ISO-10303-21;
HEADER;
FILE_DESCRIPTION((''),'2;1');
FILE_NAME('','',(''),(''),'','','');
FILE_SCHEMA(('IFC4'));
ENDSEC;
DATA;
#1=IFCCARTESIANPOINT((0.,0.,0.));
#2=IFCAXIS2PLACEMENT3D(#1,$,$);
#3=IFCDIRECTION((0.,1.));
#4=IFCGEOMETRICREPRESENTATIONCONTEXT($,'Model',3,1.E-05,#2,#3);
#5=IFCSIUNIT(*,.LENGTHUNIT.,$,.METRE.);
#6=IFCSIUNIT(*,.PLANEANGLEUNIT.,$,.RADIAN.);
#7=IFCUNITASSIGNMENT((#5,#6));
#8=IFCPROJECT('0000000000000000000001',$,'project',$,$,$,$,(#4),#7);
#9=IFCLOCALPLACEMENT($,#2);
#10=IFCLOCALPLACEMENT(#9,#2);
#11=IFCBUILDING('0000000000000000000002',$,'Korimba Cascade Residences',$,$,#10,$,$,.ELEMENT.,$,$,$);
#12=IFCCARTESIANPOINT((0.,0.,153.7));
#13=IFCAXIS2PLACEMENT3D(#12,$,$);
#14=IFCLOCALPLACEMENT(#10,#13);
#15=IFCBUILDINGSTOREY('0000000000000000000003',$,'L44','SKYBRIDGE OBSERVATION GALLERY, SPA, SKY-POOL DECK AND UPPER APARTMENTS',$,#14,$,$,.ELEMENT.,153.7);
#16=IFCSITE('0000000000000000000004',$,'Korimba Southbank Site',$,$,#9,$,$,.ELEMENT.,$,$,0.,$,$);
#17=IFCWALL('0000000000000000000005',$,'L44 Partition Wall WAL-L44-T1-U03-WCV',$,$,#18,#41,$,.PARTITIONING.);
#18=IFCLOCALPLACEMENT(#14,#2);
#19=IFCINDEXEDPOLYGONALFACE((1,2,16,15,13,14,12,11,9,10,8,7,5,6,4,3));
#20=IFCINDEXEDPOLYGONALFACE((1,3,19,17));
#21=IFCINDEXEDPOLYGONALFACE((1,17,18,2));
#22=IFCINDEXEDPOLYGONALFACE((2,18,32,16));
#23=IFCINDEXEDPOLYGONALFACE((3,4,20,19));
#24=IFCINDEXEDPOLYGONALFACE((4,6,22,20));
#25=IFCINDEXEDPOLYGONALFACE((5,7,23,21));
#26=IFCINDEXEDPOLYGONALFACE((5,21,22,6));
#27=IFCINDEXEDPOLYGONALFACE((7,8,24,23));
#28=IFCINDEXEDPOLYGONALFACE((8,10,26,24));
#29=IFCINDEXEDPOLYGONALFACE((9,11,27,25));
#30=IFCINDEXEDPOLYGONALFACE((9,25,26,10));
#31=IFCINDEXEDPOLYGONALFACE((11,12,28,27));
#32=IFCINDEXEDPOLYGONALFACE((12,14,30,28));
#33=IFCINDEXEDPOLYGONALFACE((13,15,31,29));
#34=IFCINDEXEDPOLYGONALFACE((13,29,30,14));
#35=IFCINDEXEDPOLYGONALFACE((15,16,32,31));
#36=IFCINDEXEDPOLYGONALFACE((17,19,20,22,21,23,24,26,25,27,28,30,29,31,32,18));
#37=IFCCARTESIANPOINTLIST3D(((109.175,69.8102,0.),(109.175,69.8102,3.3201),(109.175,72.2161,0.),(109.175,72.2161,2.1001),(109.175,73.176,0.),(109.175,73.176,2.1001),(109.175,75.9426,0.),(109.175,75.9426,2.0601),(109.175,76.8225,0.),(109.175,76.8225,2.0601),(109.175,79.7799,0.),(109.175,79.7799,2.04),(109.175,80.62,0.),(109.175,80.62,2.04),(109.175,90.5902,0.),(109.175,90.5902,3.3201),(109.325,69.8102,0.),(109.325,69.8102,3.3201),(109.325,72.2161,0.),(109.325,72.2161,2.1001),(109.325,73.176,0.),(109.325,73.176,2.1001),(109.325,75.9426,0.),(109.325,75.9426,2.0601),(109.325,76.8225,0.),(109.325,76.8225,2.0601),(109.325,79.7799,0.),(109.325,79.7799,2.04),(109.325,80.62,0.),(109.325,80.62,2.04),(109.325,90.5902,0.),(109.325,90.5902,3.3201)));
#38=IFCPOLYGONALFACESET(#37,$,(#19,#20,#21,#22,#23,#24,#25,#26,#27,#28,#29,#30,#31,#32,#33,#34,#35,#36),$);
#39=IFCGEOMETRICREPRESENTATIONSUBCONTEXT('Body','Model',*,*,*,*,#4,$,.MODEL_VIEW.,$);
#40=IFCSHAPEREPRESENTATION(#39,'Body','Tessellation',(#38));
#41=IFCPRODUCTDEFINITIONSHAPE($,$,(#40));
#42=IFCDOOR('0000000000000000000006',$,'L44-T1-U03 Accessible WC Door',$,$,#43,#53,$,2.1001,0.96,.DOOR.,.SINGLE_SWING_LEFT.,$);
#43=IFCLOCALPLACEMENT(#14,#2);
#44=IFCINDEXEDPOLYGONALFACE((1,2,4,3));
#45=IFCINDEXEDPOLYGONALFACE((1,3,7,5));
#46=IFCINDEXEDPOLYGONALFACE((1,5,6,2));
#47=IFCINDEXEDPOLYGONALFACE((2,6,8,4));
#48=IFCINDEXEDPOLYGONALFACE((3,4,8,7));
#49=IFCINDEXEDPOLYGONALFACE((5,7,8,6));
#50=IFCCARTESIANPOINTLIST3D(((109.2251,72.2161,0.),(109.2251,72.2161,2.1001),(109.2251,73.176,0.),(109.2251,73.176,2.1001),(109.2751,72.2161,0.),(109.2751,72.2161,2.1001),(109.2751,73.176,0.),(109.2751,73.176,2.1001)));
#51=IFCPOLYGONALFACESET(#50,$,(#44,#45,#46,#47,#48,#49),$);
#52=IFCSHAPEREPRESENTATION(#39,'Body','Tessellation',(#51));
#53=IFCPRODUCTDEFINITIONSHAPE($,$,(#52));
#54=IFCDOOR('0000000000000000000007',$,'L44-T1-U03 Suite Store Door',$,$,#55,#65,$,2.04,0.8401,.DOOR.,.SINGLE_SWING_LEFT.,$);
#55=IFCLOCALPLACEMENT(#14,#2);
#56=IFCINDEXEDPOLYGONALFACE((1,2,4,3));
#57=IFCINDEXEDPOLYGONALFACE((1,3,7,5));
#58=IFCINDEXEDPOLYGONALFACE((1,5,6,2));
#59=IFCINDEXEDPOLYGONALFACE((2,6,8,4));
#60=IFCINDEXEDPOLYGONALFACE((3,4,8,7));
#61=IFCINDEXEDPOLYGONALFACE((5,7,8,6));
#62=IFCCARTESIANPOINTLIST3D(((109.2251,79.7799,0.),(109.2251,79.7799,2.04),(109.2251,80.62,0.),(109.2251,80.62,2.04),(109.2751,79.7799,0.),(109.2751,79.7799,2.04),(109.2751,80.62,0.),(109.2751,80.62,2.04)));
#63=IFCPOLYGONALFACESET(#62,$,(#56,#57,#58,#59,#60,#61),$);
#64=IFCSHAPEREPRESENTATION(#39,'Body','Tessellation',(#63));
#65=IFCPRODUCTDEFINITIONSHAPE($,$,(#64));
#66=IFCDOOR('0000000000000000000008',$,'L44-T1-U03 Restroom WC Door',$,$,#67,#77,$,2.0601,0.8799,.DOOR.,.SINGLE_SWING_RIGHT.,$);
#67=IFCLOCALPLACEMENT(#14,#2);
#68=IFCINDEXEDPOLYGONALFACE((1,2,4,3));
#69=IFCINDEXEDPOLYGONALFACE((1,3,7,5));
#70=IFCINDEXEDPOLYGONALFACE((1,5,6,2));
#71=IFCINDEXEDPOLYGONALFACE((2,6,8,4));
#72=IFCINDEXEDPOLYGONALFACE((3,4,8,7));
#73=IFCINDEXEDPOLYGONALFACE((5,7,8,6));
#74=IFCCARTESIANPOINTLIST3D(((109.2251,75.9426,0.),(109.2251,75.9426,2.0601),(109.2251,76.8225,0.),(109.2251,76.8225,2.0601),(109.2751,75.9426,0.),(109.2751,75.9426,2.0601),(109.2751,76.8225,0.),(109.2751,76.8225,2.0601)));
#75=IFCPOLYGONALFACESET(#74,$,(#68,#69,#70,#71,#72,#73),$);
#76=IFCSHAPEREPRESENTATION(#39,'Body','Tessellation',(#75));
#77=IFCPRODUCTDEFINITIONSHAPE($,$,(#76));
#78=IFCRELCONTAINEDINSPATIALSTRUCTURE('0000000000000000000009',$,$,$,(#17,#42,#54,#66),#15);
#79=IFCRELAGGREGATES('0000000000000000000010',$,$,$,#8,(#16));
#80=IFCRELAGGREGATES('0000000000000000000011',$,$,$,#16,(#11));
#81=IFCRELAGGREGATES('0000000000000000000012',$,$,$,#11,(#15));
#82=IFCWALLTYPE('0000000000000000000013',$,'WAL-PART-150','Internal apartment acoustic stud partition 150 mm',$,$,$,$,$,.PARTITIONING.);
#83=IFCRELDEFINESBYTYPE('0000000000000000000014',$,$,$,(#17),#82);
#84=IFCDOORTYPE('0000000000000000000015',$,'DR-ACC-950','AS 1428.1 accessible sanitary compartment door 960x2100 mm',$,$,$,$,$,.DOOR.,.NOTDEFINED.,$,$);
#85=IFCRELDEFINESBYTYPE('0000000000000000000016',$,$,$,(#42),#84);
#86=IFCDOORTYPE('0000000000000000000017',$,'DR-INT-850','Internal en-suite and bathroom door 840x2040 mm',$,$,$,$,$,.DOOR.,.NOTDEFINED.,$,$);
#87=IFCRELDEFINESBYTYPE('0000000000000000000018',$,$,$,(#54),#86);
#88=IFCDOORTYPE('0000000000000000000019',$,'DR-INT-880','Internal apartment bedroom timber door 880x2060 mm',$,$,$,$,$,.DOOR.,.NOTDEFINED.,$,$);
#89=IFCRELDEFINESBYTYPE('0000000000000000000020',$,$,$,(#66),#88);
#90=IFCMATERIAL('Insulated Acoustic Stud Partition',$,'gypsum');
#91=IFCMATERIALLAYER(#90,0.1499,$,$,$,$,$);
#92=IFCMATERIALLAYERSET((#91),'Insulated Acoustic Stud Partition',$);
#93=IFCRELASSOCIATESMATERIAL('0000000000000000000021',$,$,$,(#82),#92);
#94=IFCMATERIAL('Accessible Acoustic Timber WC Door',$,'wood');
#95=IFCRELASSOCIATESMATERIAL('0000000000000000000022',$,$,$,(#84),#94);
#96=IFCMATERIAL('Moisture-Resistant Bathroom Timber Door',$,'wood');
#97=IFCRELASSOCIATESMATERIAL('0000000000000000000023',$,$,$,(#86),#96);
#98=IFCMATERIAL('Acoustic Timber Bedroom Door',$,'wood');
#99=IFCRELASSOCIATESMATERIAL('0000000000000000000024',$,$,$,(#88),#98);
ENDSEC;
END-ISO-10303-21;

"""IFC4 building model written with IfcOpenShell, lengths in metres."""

from ifc_helpers import new_model, si_unit, direction, frame, frame_2d, origin, place, context, subcontext, project, spatial, rectangle, extrude, material, layer, layer_set, type_object, element, fill, save


model = new_model("IFC4")

# Units and contexts
model_context = context("Model", 3, precision=1e-05, world=origin(), true_north=direction((0.0, 1.0)))
body_context = subcontext(model_context, "Body", "Model", "MODEL_VIEW")
ifc_project = project(units=[si_unit("LENGTHUNIT", "METRE"), si_unit("PLANEANGLEUNIT", "RADIAN")], contexts=[model_context])

# Site, building, storey
site_placement = place(None, origin())
site = spatial("IfcSite", under=ifc_project, at=site_placement, Name="Korimba Southbank Site", CompositionType="ELEMENT", RefElevation=0.0)
building_placement = place(site_placement, origin())
building = spatial("IfcBuilding", under=site, at=building_placement, Name="Korimba Cascade Residences", CompositionType="ELEMENT")
storey_placement = place(building_placement, frame((0.0, 0.0, 153.7)))
storey = spatial("IfcBuildingStorey", under=building, at=storey_placement, Name="L44", Description="SKYBRIDGE OBSERVATION GALLERY, SPA, SKY-POOL DECK AND UPPER APARTMENTS", CompositionType="ELEMENT", Elevation=153.7)

# Shared definitions
ifc_material_1 = material(Name="Insulated Acoustic Stud Partition", Category="gypsum")
ifc_layer_1 = layer(ifc_material_1, 0.1499)
ifc_layer_set_1 = layer_set([ifc_layer_1], Name="Insulated Acoustic Stud Partition")
wall_type_1 = type_object("IfcWallType", Name="WAL-PART-150", Description="Internal apartment acoustic stud partition 150 mm", PredefinedType="PARTITIONING", material=ifc_layer_set_1)

# Wall, openings, doors
wall_1_placement = place(storey_placement, frame((109.25, 69.8101, 0.0), z_axis=(0.0, 0.0, 1.0), x_axis=(0.0, 1.0, 0.0)))
wall_1 = element("IfcWall", 1, at=wall_1_placement, inside=storey, type_object=wall_type_1, Name="L44 Partition Wall WAL-L44-T1-U03-WCV", PredefinedType="PARTITIONING", context=body_context, shape_type="SweptSolid", body=[
    extrude(rectangle(XDim=20.78, YDim=0.1499, at=frame_2d((10.3901, 0.0))), origin(), (0.0, 0.0, 1.0), 3.3201),
])
opening_1_placement = place(wall_1_placement, frame((2.406, 0.0, 0.0)))
opening_1 = element("IfcOpeningElement", 2, at=opening_1_placement, cuts=wall_1, PredefinedType="OPENING", context=body_context, shape_type="SweptSolid", body=[
    extrude(rectangle(XDim=0.96, YDim=2.1001, at=frame_2d((0.48, 1.05))), frame((0.0, 0.085, 0.0), z_axis=(0.0, -1.0, 0.0), x_axis=(1.0, 0.0, 0.0)), (0.0, 0.0, 1.0), 0.1699),
])
opening_2_placement = place(wall_1_placement, frame((6.1326, 0.0, 0.0)))
opening_2 = element("IfcOpeningElement", 3, at=opening_2_placement, cuts=wall_1, PredefinedType="OPENING", context=body_context, shape_type="SweptSolid", body=[
    extrude(rectangle(XDim=0.8799, YDim=2.0601, at=frame_2d((0.4399, 1.03))), frame((0.0, 0.085, 0.0), z_axis=(0.0, -1.0, 0.0), x_axis=(1.0, 0.0, 0.0)), (0.0, 0.0, 1.0), 0.1699),
])
opening_3_placement = place(wall_1_placement, frame((9.97, 0.0, 0.0)))
opening_3 = element("IfcOpeningElement", 4, at=opening_3_placement, cuts=wall_1, PredefinedType="OPENING", context=body_context, shape_type="SweptSolid", body=[
    extrude(rectangle(XDim=0.8401, YDim=2.04, at=frame_2d((0.4199, 1.02))), frame((0.0, 0.085, 0.0), z_axis=(0.0, -1.0, 0.0), x_axis=(1.0, 0.0, 0.0)), (0.0, 0.0, 1.0), 0.1699),
])
ifc_material_2 = material(Name="Accessible Acoustic Timber WC Door", Category="wood")
door_type_1 = type_object("IfcDoorType", Name="DR-ACC-950", Description="AS 1428.1 accessible sanitary compartment door 960x2100 mm", OperationType="NOTDEFINED", PredefinedType="DOOR", material=ifc_material_2)
door_1_placement = place(opening_1_placement, origin())
door_1 = element("IfcDoor", 5, at=door_1_placement, inside=storey, type_object=door_type_1, Name="L44-T1-U03 Accessible WC Door", OperationType="SINGLE_SWING_LEFT", OverallHeight=2.1001, OverallWidth=0.96, PredefinedType="DOOR", context=body_context, shape_type="SweptSolid", body=[
    extrude(rectangle(XDim=0.96, YDim=2.1001, at=frame_2d((0.48, 1.05))), frame((0.0, 0.0249, 0.0), z_axis=(0.0, -1.0, 0.0), x_axis=(1.0, 0.0, 0.0)), (0.0, 0.0, 1.0), 0.05),
])
fill(opening_1, door_1)
ifc_material_3 = material(Name="Moisture-Resistant Bathroom Timber Door", Category="wood")
door_type_2 = type_object("IfcDoorType", Name="DR-INT-850", Description="Internal en-suite and bathroom door 840x2040 mm", OperationType="NOTDEFINED", PredefinedType="DOOR", material=ifc_material_3)
door_2_placement = place(opening_3_placement, origin())
door_2 = element("IfcDoor", 6, at=door_2_placement, inside=storey, type_object=door_type_2, Name="L44-T1-U03 Suite Store Door", OperationType="SINGLE_SWING_LEFT", OverallHeight=2.04, OverallWidth=0.8401, PredefinedType="DOOR", context=body_context, shape_type="SweptSolid", body=[
    extrude(rectangle(XDim=0.8401, YDim=2.04, at=frame_2d((0.4199, 1.02))), frame((0.0, 0.0249, 0.0), z_axis=(0.0, -1.0, 0.0), x_axis=(1.0, 0.0, 0.0)), (0.0, 0.0, 1.0), 0.05),
])
fill(opening_3, door_2)
ifc_material_4 = material(Name="Acoustic Timber Bedroom Door", Category="wood")
door_type_3 = type_object("IfcDoorType", Name="DR-INT-880", Description="Internal apartment bedroom timber door 880x2060 mm", OperationType="NOTDEFINED", PredefinedType="DOOR", material=ifc_material_4)
door_3_placement = place(opening_2_placement, origin())
door_3 = element("IfcDoor", 7, at=door_3_placement, inside=storey, type_object=door_type_3, Name="L44-T1-U03 Restroom WC Door", OperationType="SINGLE_SWING_RIGHT", OverallHeight=2.0601, OverallWidth=0.8799, PredefinedType="DOOR", context=body_context, shape_type="SweptSolid", body=[
    extrude(rectangle(XDim=0.8799, YDim=2.0601, at=frame_2d((0.4399, 1.03))), frame((0.0, 0.0249, 0.0), z_axis=(0.0, -1.0, 0.0), x_axis=(1.0, 0.0, 0.0)), (0.0, 0.0, 1.0), 0.05),
])
fill(opening_2, door_3)

save(model, "model.ifc")
